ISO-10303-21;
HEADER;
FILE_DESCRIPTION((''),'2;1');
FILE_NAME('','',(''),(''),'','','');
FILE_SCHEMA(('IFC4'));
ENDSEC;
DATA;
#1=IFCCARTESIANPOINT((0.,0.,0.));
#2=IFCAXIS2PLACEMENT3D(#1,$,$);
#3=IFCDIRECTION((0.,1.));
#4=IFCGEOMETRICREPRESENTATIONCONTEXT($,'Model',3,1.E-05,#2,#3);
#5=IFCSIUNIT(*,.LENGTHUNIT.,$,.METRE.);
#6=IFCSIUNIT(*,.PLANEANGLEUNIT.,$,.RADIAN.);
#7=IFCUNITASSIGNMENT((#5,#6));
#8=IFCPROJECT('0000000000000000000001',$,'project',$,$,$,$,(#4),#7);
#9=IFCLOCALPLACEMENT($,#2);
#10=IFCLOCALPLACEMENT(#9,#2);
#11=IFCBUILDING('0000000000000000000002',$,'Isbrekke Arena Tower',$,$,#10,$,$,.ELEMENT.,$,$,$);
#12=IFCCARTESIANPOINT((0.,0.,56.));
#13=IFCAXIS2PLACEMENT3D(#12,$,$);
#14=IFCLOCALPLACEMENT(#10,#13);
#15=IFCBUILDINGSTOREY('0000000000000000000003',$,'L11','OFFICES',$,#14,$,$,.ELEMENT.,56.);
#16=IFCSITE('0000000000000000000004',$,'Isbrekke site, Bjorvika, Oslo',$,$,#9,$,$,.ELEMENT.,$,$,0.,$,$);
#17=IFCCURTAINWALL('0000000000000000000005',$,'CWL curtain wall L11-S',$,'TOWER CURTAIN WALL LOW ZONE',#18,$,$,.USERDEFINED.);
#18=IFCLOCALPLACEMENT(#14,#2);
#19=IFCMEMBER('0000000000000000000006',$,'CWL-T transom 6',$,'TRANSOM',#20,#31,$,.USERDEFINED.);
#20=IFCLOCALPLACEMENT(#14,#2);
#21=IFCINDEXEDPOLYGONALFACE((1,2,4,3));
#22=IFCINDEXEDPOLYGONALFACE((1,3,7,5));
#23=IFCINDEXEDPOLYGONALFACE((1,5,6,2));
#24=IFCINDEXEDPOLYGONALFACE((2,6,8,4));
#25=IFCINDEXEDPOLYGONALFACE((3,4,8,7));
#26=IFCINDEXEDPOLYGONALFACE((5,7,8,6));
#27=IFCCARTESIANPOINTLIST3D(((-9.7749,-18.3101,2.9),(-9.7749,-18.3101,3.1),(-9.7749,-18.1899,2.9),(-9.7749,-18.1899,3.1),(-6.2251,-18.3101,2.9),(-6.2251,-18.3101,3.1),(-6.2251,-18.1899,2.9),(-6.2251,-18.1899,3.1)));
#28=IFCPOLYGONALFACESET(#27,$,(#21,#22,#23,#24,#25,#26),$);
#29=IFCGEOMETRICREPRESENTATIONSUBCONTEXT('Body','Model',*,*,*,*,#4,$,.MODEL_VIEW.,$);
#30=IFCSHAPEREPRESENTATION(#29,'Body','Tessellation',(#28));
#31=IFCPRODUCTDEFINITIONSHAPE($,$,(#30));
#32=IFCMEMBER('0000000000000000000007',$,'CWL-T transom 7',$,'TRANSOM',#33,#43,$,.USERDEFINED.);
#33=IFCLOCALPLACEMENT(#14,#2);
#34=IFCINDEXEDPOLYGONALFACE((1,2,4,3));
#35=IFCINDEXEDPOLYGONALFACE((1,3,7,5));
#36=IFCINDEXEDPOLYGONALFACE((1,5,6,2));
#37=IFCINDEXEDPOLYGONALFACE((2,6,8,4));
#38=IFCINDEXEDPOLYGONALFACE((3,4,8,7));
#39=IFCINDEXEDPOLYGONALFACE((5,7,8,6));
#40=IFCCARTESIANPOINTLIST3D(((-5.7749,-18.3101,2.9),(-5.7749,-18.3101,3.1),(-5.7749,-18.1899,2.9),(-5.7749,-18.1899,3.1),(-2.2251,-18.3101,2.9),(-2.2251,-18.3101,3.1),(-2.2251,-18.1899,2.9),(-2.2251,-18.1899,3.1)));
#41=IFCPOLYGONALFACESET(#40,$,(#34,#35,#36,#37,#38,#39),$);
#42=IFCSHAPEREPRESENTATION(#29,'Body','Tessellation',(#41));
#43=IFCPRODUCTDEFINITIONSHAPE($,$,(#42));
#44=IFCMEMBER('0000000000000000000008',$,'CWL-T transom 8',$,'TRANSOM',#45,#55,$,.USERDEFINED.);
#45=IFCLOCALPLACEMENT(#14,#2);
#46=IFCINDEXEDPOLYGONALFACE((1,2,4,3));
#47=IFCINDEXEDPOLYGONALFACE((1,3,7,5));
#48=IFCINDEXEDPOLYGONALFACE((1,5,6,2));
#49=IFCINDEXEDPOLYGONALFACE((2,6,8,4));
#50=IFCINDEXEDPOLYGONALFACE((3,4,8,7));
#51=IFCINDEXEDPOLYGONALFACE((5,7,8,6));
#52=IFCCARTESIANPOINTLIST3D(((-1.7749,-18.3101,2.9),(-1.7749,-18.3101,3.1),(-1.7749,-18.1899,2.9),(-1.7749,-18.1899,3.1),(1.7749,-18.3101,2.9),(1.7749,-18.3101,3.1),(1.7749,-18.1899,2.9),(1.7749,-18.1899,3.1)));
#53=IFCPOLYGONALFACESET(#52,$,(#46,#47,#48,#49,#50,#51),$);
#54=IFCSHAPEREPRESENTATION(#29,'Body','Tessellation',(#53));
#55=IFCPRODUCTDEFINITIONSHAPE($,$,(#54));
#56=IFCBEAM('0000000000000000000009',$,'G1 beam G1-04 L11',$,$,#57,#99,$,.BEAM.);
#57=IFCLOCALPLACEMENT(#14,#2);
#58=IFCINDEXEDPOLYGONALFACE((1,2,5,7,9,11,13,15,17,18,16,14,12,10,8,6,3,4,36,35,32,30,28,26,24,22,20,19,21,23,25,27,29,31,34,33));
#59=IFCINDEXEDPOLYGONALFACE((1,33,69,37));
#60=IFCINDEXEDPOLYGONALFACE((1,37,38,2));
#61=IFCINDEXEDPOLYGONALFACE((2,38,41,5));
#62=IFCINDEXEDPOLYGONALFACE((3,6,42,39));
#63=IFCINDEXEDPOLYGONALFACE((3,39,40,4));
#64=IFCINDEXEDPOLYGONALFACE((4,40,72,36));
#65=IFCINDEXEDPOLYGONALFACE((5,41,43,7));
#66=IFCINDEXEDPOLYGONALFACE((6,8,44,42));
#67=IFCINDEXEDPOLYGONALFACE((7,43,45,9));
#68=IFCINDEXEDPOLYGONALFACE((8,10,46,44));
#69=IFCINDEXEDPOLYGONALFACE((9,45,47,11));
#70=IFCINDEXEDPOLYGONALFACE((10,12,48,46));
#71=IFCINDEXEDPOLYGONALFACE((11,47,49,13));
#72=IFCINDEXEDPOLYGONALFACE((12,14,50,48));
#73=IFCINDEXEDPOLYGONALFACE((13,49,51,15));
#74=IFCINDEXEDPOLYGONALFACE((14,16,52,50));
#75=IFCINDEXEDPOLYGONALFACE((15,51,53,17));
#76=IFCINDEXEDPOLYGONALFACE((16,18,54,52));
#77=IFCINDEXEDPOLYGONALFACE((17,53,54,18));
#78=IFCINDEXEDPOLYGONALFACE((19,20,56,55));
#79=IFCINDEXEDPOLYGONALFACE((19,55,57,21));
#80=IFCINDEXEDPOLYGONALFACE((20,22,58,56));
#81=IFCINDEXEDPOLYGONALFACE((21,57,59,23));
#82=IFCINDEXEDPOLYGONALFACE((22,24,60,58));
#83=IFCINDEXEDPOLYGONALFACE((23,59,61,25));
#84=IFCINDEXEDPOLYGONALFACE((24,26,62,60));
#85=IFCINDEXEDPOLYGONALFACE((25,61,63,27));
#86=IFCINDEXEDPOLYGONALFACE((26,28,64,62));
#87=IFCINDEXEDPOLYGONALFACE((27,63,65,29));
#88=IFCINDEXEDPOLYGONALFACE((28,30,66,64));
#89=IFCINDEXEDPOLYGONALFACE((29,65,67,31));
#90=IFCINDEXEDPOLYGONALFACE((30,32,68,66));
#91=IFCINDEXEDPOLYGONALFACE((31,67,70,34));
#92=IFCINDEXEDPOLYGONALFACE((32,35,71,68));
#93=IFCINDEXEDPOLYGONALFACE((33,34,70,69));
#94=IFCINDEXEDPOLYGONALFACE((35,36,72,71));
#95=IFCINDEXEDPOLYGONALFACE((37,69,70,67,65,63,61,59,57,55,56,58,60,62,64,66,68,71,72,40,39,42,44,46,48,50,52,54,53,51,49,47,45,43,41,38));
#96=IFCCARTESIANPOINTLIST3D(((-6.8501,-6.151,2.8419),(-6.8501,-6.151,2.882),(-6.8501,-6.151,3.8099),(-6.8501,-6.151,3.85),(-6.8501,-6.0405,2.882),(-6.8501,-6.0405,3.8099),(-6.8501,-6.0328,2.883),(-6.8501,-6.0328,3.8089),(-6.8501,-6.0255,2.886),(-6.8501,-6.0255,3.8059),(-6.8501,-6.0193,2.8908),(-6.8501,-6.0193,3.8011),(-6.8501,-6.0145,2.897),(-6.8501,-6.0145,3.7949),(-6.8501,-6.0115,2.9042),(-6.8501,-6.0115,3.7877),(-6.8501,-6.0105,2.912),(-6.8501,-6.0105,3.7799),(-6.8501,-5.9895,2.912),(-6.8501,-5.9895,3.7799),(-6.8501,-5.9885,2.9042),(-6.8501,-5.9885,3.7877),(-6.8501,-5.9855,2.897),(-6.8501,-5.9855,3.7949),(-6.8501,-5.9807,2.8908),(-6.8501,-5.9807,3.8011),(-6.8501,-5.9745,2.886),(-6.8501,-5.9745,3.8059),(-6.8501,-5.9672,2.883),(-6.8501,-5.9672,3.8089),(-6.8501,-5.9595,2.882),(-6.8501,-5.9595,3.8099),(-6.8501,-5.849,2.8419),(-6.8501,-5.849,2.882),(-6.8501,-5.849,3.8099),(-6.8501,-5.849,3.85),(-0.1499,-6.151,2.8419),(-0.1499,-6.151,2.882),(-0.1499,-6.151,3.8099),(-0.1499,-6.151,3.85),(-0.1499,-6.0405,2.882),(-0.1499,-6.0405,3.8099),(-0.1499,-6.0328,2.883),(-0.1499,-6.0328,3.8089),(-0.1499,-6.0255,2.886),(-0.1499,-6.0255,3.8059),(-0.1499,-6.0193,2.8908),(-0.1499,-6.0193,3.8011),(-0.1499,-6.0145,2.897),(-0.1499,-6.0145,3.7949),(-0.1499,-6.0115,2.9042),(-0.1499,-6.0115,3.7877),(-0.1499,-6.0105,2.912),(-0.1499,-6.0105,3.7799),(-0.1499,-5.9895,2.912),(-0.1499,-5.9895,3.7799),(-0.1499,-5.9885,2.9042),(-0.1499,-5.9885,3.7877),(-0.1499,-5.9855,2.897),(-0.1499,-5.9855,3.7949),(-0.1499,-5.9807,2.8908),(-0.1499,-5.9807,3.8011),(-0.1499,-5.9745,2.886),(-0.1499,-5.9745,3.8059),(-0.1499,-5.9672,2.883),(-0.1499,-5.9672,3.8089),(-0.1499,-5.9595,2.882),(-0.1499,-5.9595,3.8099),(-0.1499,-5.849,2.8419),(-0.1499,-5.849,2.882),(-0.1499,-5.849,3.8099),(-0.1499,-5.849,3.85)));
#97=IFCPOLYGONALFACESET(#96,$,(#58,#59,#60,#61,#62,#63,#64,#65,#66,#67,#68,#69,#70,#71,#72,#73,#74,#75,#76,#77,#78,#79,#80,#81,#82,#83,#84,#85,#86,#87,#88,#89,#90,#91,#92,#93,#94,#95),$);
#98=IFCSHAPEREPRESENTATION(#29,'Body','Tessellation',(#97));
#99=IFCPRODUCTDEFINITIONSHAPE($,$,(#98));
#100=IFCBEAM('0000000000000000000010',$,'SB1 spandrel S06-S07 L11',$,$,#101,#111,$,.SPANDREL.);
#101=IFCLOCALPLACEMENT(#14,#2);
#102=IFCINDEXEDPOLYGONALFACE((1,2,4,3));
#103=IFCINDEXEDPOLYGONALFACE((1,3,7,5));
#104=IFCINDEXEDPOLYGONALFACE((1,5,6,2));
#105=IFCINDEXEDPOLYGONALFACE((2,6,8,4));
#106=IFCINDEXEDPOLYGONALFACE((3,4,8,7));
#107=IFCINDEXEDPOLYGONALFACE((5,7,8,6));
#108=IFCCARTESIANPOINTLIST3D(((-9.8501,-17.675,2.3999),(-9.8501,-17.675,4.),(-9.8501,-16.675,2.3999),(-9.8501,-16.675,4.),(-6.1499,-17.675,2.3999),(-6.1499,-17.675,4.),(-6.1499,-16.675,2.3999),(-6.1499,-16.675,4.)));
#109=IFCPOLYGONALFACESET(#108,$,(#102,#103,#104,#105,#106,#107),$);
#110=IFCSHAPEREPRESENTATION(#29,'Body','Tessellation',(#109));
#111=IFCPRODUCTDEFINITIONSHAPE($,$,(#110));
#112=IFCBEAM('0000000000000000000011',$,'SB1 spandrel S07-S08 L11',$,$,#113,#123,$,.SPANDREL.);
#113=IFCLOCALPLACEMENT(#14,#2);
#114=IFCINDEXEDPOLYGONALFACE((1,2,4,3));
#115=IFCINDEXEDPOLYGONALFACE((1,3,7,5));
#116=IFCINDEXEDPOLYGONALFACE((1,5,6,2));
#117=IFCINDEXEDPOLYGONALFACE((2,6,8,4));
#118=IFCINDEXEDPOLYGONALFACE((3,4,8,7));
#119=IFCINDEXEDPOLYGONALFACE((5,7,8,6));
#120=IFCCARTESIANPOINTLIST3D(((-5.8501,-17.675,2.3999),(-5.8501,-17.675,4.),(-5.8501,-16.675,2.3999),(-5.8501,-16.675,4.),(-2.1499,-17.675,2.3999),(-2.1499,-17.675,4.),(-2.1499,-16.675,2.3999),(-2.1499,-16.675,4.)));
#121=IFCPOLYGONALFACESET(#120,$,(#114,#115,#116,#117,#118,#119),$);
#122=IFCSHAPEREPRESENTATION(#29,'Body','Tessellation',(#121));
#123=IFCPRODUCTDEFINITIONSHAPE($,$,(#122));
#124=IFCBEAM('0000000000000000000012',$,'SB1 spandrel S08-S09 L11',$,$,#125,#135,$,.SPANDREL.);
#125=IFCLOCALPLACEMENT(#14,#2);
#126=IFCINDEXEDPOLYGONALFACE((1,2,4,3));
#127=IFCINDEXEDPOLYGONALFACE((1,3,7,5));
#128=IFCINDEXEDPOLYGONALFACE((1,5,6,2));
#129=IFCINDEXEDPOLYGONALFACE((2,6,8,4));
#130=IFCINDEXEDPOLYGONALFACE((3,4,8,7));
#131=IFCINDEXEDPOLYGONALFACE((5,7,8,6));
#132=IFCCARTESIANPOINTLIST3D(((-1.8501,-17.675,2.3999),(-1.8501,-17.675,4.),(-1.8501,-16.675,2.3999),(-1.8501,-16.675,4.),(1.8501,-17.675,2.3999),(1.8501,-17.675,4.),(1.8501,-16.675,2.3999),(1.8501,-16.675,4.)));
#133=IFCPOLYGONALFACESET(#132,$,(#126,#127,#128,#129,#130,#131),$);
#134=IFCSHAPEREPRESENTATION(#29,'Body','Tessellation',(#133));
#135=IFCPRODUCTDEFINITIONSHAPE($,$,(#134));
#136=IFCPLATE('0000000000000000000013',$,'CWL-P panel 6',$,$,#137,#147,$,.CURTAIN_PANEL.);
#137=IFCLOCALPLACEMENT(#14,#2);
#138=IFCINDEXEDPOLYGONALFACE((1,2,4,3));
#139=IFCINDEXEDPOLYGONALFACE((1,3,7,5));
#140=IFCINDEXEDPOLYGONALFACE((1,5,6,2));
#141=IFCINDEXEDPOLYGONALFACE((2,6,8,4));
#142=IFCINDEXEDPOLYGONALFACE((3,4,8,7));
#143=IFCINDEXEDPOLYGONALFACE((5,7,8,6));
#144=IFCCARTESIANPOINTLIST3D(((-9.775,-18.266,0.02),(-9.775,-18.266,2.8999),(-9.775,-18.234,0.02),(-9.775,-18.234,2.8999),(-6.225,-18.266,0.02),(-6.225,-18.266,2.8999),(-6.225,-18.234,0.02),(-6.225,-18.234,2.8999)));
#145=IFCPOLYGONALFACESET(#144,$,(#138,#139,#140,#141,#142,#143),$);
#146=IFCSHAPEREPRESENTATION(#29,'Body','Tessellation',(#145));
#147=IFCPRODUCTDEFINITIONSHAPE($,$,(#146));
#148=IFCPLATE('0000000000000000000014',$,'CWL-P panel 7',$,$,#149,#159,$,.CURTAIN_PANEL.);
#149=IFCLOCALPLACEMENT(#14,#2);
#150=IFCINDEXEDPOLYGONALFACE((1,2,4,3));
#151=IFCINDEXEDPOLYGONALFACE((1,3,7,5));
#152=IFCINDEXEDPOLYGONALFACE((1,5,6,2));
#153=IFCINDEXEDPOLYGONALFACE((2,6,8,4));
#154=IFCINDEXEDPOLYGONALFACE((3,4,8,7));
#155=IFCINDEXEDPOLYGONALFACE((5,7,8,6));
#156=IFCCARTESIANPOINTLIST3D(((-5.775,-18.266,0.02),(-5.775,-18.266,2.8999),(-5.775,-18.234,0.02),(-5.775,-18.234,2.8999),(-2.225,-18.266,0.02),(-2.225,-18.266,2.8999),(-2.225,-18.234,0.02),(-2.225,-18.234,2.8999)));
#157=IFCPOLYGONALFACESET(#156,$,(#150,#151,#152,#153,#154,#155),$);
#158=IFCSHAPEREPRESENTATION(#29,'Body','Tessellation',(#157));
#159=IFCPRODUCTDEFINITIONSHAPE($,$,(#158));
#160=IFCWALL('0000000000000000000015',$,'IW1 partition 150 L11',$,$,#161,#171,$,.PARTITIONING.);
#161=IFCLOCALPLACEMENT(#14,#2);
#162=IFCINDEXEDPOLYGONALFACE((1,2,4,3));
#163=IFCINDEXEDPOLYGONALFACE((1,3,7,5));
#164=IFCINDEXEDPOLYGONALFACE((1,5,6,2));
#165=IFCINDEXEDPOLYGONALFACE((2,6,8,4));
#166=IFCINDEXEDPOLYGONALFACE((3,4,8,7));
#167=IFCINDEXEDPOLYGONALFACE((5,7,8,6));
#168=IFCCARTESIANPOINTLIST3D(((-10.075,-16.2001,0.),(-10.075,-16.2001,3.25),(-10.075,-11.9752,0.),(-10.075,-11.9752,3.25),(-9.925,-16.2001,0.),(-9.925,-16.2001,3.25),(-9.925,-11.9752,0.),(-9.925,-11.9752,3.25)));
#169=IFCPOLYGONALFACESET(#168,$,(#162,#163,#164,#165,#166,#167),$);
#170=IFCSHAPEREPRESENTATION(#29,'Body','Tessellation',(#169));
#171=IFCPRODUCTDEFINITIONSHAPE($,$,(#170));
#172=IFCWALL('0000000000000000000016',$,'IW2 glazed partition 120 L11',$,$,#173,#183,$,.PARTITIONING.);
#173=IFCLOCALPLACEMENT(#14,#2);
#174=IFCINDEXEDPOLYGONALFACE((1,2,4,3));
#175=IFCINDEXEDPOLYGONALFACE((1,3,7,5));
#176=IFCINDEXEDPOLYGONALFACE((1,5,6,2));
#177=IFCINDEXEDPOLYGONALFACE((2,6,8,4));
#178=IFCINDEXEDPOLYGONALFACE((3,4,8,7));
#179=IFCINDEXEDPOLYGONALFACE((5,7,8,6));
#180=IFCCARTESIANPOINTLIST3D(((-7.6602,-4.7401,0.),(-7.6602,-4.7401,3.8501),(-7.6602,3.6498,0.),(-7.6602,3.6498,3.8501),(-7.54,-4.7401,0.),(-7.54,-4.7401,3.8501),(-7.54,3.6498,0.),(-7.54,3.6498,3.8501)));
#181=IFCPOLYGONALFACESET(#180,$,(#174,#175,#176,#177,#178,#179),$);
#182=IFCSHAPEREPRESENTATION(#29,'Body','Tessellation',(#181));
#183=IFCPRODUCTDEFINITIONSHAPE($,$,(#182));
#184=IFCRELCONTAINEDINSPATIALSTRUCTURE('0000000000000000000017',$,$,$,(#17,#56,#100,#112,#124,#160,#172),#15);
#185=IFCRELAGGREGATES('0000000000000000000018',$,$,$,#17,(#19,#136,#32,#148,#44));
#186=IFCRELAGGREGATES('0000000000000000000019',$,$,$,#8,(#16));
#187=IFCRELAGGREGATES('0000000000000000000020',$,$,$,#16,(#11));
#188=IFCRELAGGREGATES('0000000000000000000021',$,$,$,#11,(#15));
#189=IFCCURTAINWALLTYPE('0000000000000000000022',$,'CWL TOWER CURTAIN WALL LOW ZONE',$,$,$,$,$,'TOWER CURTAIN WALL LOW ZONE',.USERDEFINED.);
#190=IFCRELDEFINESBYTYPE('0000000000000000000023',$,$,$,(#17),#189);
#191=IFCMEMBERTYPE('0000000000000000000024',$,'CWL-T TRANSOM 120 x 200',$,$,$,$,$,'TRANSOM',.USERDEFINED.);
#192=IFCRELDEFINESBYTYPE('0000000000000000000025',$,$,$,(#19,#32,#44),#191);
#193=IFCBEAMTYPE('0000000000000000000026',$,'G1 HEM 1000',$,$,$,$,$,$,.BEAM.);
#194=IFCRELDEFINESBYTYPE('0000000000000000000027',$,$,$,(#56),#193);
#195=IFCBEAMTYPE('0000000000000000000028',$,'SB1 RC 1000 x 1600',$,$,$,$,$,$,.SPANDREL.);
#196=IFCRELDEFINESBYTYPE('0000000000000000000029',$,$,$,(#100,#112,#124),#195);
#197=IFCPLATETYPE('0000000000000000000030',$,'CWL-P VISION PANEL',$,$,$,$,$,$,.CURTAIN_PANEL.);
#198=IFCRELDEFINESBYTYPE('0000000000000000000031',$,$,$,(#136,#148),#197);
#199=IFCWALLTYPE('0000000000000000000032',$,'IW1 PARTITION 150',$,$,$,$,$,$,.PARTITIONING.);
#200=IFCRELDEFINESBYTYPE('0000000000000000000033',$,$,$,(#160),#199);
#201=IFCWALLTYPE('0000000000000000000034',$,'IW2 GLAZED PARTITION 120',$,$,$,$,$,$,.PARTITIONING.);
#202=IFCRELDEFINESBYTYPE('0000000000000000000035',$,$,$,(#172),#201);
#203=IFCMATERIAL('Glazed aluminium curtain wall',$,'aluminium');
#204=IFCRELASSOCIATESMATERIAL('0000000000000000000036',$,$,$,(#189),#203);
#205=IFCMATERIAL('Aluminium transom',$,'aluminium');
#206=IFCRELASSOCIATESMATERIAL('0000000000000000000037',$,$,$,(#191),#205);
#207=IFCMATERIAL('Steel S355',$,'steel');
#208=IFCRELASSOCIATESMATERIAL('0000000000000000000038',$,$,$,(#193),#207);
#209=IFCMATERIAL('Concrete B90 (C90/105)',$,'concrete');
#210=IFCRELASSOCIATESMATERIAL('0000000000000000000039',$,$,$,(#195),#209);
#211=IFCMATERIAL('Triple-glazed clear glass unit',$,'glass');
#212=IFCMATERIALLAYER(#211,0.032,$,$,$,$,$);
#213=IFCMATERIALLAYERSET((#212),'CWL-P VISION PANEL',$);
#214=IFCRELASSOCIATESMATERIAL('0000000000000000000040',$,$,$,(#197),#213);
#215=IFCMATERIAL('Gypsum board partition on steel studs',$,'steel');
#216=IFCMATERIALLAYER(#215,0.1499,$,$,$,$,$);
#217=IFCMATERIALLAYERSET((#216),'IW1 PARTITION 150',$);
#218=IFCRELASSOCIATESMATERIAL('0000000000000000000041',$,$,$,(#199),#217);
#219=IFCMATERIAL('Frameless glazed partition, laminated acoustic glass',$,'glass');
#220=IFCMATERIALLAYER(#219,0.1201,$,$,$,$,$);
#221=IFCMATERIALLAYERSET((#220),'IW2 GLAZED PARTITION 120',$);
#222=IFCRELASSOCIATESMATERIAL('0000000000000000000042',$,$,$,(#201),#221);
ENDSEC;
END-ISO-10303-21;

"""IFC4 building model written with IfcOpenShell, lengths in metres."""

from ifc_helpers import new_model, si_unit, direction, frame, frame_2d, origin, origin_2d, place, context, subcontext, project, spatial, rectangle, i_section, extrude, material, layer, layer_set, material_profile, profile_set, type_object, element, aggregate, save


model = new_model("IFC4")

# Units and contexts
model_context = context("Model", 3, precision=1e-05, world=origin(), true_north=direction((0.0, 1.0)))
body_context = subcontext(model_context, "Body", "Model", "MODEL_VIEW")
ifc_project = project(units=[si_unit("LENGTHUNIT", "METRE"), si_unit("PLANEANGLEUNIT", "RADIAN")], contexts=[model_context])

# Site, building, storey
site_placement = place(None, origin())
site = spatial("IfcSite", under=ifc_project, at=site_placement, Name="Isbrekke site, Bjorvika, Oslo", CompositionType="ELEMENT", RefElevation=0.0)
building_placement = place(site_placement, origin())
building = spatial("IfcBuilding", under=site, at=building_placement, Name="Isbrekke Arena Tower", CompositionType="ELEMENT")
storey_placement = place(building_placement, frame((0.0, 0.0, 56.0)))
storey = spatial("IfcBuildingStorey", under=building, at=storey_placement, Name="L11", Description="OFFICES", CompositionType="ELEMENT", Elevation=56.0)

# Curtain wall, members
ifc_material_1 = material(Name="Glazed aluminium curtain wall", Category="aluminium")
curtain_wall_type = type_object("IfcCurtainWallType", Name="CWL TOWER CURTAIN WALL LOW ZONE", ElementType="TOWER CURTAIN WALL LOW ZONE", PredefinedType="USERDEFINED", material=ifc_material_1)
curtain_wall_placement = place(storey_placement, origin())
curtain_wall = element("IfcCurtainWall", 1, at=curtain_wall_placement, inside=storey, type_object=curtain_wall_type, Name="CWL curtain wall L11-S", ObjectType="TOWER CURTAIN WALL LOW ZONE", PredefinedType="USERDEFINED")
ifc_material_2 = material(Name="Aluminium transom", Category="aluminium")
ifc_material_profile_1 = material_profile(ifc_material_2, rectangle(XDim=0.1201, YDim=0.2, at=origin_2d()), Name="TRANSOM 120X200")
ifc_profile_set_1 = profile_set([ifc_material_profile_1], Name="Aluminium transom")
member_type_1 = type_object("IfcMemberType", Name="CWL-T TRANSOM 120 x 200", ElementType="TRANSOM", PredefinedType="USERDEFINED", material=ifc_profile_set_1)
member_1_placement = place(storey_placement, frame((-9.7749, -18.25, 3.0), z_axis=(1.0, 0.0, 0.0), x_axis=(0.0, 1.0, 0.0)))
member_1 = element("IfcMember", 2, at=member_1_placement, type_object=member_type_1, Name="CWL-T transom 6", ObjectType="TRANSOM", PredefinedType="USERDEFINED", context=body_context, shape_type="SweptSolid", body=[
    extrude(rectangle(XDim=0.1201, YDim=0.2, at=origin_2d()), origin(), (0.0, 0.0, 1.0), 3.5498),
])
member_2_placement = place(storey_placement, frame((-5.7749, -18.25, 3.0), z_axis=(1.0, 0.0, 0.0), x_axis=(0.0, 1.0, 0.0)))
member_2 = element("IfcMember", 3, at=member_2_placement, type_object=member_type_1, Name="CWL-T transom 7", ObjectType="TRANSOM", PredefinedType="USERDEFINED", context=body_context, shape_type="SweptSolid", body=[
    extrude(rectangle(XDim=0.1201, YDim=0.2, at=origin_2d()), origin(), (0.0, 0.0, 1.0), 3.5498),
])
member_3_placement = place(storey_placement, frame((-1.7749, -18.25, 3.0), z_axis=(1.0, 0.0, 0.0), x_axis=(0.0, 1.0, 0.0)))
member_3 = element("IfcMember", 4, at=member_3_placement, type_object=member_type_1, Name="CWL-T transom 8", ObjectType="TRANSOM", PredefinedType="USERDEFINED", context=body_context, shape_type="SweptSolid", body=[
    extrude(rectangle(XDim=0.1201, YDim=0.2, at=origin_2d()), origin(), (0.0, 0.0, 1.0), 3.5498),
])

# Beams
ifc_material_3 = material(Name="Steel S355", Category="steel")
ifc_material_profile_2 = material_profile(ifc_material_3, i_section(OverallWidth=0.302, OverallDepth=1.0081, WebThickness=0.021, FlangeThickness=0.04, FilletRadius=0.03, at=origin_2d()), Name="HEM 1000")
ifc_profile_set_2 = profile_set([ifc_material_profile_2], Name="Steel S355")
beam_type_1 = type_object("IfcBeamType", Name="G1 HEM 1000", PredefinedType="BEAM", material=ifc_profile_set_2)
beam_1_placement = place(storey_placement, frame((-6.8501, -6.0, 3.3459), z_axis=(1.0, 0.0, 0.0), x_axis=(0.0, 1.0, 0.0)))
element("IfcBeam", 5, at=beam_1_placement, inside=storey, type_object=beam_type_1, Name="G1 beam G1-04 L11", PredefinedType="BEAM", context=body_context, shape_type="SweptSolid", body=[
    extrude(i_section(OverallWidth=0.302, OverallDepth=1.0081, WebThickness=0.021, FlangeThickness=0.04, FilletRadius=0.03, at=origin_2d()), origin(), (0.0, 0.0, 1.0), 6.7002),
])
ifc_material_4 = material(Name="Concrete B90 (C90/105)", Category="concrete")
ifc_material_profile_3 = material_profile(ifc_material_4, rectangle(XDim=1.0, YDim=1.6001, at=origin_2d()), Name="RC 1000x1600")
ifc_profile_set_3 = profile_set([ifc_material_profile_3], Name="Concrete B90 (C90/105)")
beam_type_2 = type_object("IfcBeamType", Name="SB1 RC 1000 x 1600", PredefinedType="SPANDREL", material=ifc_profile_set_3)
for number, where, z_axis, x_axis, name in (
    (6, (-9.8501, -17.175, 3.2), (1.0, 0.0, 0.0), (0.0, 1.0, 0.0), "SB1 spandrel S06-S07 L11"),
    (7, (-5.8501, -17.175, 3.2), (1.0, 0.0, 0.0), (0.0, 1.0, 0.0), "SB1 spandrel S07-S08 L11"),
    (8, (-1.8501, -17.175, 3.2), (1.0, 0.0, 0.0), (0.0, 1.0, 0.0), "SB1 spandrel S08-S09 L11"),
):
    element("IfcBeam", number, at=place(storey_placement, frame(where, z_axis=z_axis, x_axis=x_axis)), inside=storey, type_object=beam_type_2, Name=name, PredefinedType="SPANDREL", context=body_context, shape_type="SweptSolid", body=[
        extrude(rectangle(XDim=1.0, YDim=1.6001, at=origin_2d()), origin(), (0.0, 0.0, 1.0), 3.7002),
    ])

# Plates
ifc_material_5 = material(Name="Triple-glazed clear glass unit", Category="glass")
ifc_layer_1 = layer(ifc_material_5, 0.032)
ifc_layer_set_1 = layer_set([ifc_layer_1], Name="CWL-P VISION PANEL")
plate_type = type_object("IfcPlateType", Name="CWL-P VISION PANEL", PredefinedType="CURTAIN_PANEL", material=ifc_layer_set_1)
plate_1_placement = place(storey_placement, frame((-8.0, -18.25, 0.02), z_axis=(0.0, 0.0, 1.0), x_axis=(1.0, 0.0, 0.0)))
plate_1 = element("IfcPlate", 9, at=plate_1_placement, type_object=plate_type, Name="CWL-P panel 6", PredefinedType="CURTAIN_PANEL", context=body_context, shape_type="SweptSolid", body=[
    extrude(rectangle(XDim=3.55, YDim=0.032, at=origin_2d()), origin(), (0.0, 0.0, 1.0), 2.8799),
])
plate_2_placement = place(storey_placement, frame((-4.0, -18.25, 0.02), z_axis=(0.0, 0.0, 1.0), x_axis=(1.0, 0.0, 0.0)))
plate_2 = element("IfcPlate", 10, at=plate_2_placement, type_object=plate_type, Name="CWL-P panel 7", PredefinedType="CURTAIN_PANEL", context=body_context, shape_type="SweptSolid", body=[
    extrude(rectangle(XDim=3.55, YDim=0.032, at=origin_2d()), origin(), (0.0, 0.0, 1.0), 2.8799),
])
aggregate(curtain_wall, [member_1, plate_1, member_2, plate_2, member_3])

# Wall
ifc_material_6 = material(Name="Gypsum board partition on steel studs", Category="steel")
ifc_layer_2 = layer(ifc_material_6, 0.1499)
ifc_layer_set_2 = layer_set([ifc_layer_2], Name="IW1 PARTITION 150")
wall_type_1 = type_object("IfcWallType", Name="IW1 PARTITION 150", PredefinedType="PARTITIONING", material=ifc_layer_set_2)
wall_1_placement = place(storey_placement, frame((-10.0, -16.2, 0.0), z_axis=(0.0, 0.0, 1.0), x_axis=(0.0, 1.0, 0.0)))
element("IfcWall", 11, at=wall_1_placement, inside=storey, type_object=wall_type_1, Name="IW1 partition 150 L11", PredefinedType="PARTITIONING", context=body_context, shape_type="SweptSolid", body=[
    extrude(rectangle(XDim=4.2249, YDim=0.1499, at=frame_2d((2.1123, 0.0))), origin(), (0.0, 0.0, 1.0), 3.25),
])

# Shared definitions
ifc_material_7 = material(Name="Frameless glazed partition, laminated acoustic glass", Category="glass")
ifc_layer_3 = layer(ifc_material_7, 0.1201)
ifc_layer_set_3 = layer_set([ifc_layer_3], Name="IW2 GLAZED PARTITION 120")
wall_type_2 = type_object("IfcWallType", Name="IW2 GLAZED PARTITION 120", PredefinedType="PARTITIONING", material=ifc_layer_set_3)

# Wall
wall_2_placement = place(storey_placement, frame((-7.6001, -4.74, 0.0), z_axis=(0.0, 0.0, 1.0), x_axis=(0.0, 1.0, 0.0)))
element("IfcWall", 12, at=wall_2_placement, inside=storey, type_object=wall_type_2, Name="IW2 glazed partition 120 L11", PredefinedType="PARTITIONING", context=body_context, shape_type="SweptSolid", body=[
    extrude(rectangle(XDim=8.3899, YDim=0.1201, at=frame_2d((4.1948, 0.0))), origin(), (0.0, 0.0, 1.0), 3.8501),
])

save(model, "model.ifc")
